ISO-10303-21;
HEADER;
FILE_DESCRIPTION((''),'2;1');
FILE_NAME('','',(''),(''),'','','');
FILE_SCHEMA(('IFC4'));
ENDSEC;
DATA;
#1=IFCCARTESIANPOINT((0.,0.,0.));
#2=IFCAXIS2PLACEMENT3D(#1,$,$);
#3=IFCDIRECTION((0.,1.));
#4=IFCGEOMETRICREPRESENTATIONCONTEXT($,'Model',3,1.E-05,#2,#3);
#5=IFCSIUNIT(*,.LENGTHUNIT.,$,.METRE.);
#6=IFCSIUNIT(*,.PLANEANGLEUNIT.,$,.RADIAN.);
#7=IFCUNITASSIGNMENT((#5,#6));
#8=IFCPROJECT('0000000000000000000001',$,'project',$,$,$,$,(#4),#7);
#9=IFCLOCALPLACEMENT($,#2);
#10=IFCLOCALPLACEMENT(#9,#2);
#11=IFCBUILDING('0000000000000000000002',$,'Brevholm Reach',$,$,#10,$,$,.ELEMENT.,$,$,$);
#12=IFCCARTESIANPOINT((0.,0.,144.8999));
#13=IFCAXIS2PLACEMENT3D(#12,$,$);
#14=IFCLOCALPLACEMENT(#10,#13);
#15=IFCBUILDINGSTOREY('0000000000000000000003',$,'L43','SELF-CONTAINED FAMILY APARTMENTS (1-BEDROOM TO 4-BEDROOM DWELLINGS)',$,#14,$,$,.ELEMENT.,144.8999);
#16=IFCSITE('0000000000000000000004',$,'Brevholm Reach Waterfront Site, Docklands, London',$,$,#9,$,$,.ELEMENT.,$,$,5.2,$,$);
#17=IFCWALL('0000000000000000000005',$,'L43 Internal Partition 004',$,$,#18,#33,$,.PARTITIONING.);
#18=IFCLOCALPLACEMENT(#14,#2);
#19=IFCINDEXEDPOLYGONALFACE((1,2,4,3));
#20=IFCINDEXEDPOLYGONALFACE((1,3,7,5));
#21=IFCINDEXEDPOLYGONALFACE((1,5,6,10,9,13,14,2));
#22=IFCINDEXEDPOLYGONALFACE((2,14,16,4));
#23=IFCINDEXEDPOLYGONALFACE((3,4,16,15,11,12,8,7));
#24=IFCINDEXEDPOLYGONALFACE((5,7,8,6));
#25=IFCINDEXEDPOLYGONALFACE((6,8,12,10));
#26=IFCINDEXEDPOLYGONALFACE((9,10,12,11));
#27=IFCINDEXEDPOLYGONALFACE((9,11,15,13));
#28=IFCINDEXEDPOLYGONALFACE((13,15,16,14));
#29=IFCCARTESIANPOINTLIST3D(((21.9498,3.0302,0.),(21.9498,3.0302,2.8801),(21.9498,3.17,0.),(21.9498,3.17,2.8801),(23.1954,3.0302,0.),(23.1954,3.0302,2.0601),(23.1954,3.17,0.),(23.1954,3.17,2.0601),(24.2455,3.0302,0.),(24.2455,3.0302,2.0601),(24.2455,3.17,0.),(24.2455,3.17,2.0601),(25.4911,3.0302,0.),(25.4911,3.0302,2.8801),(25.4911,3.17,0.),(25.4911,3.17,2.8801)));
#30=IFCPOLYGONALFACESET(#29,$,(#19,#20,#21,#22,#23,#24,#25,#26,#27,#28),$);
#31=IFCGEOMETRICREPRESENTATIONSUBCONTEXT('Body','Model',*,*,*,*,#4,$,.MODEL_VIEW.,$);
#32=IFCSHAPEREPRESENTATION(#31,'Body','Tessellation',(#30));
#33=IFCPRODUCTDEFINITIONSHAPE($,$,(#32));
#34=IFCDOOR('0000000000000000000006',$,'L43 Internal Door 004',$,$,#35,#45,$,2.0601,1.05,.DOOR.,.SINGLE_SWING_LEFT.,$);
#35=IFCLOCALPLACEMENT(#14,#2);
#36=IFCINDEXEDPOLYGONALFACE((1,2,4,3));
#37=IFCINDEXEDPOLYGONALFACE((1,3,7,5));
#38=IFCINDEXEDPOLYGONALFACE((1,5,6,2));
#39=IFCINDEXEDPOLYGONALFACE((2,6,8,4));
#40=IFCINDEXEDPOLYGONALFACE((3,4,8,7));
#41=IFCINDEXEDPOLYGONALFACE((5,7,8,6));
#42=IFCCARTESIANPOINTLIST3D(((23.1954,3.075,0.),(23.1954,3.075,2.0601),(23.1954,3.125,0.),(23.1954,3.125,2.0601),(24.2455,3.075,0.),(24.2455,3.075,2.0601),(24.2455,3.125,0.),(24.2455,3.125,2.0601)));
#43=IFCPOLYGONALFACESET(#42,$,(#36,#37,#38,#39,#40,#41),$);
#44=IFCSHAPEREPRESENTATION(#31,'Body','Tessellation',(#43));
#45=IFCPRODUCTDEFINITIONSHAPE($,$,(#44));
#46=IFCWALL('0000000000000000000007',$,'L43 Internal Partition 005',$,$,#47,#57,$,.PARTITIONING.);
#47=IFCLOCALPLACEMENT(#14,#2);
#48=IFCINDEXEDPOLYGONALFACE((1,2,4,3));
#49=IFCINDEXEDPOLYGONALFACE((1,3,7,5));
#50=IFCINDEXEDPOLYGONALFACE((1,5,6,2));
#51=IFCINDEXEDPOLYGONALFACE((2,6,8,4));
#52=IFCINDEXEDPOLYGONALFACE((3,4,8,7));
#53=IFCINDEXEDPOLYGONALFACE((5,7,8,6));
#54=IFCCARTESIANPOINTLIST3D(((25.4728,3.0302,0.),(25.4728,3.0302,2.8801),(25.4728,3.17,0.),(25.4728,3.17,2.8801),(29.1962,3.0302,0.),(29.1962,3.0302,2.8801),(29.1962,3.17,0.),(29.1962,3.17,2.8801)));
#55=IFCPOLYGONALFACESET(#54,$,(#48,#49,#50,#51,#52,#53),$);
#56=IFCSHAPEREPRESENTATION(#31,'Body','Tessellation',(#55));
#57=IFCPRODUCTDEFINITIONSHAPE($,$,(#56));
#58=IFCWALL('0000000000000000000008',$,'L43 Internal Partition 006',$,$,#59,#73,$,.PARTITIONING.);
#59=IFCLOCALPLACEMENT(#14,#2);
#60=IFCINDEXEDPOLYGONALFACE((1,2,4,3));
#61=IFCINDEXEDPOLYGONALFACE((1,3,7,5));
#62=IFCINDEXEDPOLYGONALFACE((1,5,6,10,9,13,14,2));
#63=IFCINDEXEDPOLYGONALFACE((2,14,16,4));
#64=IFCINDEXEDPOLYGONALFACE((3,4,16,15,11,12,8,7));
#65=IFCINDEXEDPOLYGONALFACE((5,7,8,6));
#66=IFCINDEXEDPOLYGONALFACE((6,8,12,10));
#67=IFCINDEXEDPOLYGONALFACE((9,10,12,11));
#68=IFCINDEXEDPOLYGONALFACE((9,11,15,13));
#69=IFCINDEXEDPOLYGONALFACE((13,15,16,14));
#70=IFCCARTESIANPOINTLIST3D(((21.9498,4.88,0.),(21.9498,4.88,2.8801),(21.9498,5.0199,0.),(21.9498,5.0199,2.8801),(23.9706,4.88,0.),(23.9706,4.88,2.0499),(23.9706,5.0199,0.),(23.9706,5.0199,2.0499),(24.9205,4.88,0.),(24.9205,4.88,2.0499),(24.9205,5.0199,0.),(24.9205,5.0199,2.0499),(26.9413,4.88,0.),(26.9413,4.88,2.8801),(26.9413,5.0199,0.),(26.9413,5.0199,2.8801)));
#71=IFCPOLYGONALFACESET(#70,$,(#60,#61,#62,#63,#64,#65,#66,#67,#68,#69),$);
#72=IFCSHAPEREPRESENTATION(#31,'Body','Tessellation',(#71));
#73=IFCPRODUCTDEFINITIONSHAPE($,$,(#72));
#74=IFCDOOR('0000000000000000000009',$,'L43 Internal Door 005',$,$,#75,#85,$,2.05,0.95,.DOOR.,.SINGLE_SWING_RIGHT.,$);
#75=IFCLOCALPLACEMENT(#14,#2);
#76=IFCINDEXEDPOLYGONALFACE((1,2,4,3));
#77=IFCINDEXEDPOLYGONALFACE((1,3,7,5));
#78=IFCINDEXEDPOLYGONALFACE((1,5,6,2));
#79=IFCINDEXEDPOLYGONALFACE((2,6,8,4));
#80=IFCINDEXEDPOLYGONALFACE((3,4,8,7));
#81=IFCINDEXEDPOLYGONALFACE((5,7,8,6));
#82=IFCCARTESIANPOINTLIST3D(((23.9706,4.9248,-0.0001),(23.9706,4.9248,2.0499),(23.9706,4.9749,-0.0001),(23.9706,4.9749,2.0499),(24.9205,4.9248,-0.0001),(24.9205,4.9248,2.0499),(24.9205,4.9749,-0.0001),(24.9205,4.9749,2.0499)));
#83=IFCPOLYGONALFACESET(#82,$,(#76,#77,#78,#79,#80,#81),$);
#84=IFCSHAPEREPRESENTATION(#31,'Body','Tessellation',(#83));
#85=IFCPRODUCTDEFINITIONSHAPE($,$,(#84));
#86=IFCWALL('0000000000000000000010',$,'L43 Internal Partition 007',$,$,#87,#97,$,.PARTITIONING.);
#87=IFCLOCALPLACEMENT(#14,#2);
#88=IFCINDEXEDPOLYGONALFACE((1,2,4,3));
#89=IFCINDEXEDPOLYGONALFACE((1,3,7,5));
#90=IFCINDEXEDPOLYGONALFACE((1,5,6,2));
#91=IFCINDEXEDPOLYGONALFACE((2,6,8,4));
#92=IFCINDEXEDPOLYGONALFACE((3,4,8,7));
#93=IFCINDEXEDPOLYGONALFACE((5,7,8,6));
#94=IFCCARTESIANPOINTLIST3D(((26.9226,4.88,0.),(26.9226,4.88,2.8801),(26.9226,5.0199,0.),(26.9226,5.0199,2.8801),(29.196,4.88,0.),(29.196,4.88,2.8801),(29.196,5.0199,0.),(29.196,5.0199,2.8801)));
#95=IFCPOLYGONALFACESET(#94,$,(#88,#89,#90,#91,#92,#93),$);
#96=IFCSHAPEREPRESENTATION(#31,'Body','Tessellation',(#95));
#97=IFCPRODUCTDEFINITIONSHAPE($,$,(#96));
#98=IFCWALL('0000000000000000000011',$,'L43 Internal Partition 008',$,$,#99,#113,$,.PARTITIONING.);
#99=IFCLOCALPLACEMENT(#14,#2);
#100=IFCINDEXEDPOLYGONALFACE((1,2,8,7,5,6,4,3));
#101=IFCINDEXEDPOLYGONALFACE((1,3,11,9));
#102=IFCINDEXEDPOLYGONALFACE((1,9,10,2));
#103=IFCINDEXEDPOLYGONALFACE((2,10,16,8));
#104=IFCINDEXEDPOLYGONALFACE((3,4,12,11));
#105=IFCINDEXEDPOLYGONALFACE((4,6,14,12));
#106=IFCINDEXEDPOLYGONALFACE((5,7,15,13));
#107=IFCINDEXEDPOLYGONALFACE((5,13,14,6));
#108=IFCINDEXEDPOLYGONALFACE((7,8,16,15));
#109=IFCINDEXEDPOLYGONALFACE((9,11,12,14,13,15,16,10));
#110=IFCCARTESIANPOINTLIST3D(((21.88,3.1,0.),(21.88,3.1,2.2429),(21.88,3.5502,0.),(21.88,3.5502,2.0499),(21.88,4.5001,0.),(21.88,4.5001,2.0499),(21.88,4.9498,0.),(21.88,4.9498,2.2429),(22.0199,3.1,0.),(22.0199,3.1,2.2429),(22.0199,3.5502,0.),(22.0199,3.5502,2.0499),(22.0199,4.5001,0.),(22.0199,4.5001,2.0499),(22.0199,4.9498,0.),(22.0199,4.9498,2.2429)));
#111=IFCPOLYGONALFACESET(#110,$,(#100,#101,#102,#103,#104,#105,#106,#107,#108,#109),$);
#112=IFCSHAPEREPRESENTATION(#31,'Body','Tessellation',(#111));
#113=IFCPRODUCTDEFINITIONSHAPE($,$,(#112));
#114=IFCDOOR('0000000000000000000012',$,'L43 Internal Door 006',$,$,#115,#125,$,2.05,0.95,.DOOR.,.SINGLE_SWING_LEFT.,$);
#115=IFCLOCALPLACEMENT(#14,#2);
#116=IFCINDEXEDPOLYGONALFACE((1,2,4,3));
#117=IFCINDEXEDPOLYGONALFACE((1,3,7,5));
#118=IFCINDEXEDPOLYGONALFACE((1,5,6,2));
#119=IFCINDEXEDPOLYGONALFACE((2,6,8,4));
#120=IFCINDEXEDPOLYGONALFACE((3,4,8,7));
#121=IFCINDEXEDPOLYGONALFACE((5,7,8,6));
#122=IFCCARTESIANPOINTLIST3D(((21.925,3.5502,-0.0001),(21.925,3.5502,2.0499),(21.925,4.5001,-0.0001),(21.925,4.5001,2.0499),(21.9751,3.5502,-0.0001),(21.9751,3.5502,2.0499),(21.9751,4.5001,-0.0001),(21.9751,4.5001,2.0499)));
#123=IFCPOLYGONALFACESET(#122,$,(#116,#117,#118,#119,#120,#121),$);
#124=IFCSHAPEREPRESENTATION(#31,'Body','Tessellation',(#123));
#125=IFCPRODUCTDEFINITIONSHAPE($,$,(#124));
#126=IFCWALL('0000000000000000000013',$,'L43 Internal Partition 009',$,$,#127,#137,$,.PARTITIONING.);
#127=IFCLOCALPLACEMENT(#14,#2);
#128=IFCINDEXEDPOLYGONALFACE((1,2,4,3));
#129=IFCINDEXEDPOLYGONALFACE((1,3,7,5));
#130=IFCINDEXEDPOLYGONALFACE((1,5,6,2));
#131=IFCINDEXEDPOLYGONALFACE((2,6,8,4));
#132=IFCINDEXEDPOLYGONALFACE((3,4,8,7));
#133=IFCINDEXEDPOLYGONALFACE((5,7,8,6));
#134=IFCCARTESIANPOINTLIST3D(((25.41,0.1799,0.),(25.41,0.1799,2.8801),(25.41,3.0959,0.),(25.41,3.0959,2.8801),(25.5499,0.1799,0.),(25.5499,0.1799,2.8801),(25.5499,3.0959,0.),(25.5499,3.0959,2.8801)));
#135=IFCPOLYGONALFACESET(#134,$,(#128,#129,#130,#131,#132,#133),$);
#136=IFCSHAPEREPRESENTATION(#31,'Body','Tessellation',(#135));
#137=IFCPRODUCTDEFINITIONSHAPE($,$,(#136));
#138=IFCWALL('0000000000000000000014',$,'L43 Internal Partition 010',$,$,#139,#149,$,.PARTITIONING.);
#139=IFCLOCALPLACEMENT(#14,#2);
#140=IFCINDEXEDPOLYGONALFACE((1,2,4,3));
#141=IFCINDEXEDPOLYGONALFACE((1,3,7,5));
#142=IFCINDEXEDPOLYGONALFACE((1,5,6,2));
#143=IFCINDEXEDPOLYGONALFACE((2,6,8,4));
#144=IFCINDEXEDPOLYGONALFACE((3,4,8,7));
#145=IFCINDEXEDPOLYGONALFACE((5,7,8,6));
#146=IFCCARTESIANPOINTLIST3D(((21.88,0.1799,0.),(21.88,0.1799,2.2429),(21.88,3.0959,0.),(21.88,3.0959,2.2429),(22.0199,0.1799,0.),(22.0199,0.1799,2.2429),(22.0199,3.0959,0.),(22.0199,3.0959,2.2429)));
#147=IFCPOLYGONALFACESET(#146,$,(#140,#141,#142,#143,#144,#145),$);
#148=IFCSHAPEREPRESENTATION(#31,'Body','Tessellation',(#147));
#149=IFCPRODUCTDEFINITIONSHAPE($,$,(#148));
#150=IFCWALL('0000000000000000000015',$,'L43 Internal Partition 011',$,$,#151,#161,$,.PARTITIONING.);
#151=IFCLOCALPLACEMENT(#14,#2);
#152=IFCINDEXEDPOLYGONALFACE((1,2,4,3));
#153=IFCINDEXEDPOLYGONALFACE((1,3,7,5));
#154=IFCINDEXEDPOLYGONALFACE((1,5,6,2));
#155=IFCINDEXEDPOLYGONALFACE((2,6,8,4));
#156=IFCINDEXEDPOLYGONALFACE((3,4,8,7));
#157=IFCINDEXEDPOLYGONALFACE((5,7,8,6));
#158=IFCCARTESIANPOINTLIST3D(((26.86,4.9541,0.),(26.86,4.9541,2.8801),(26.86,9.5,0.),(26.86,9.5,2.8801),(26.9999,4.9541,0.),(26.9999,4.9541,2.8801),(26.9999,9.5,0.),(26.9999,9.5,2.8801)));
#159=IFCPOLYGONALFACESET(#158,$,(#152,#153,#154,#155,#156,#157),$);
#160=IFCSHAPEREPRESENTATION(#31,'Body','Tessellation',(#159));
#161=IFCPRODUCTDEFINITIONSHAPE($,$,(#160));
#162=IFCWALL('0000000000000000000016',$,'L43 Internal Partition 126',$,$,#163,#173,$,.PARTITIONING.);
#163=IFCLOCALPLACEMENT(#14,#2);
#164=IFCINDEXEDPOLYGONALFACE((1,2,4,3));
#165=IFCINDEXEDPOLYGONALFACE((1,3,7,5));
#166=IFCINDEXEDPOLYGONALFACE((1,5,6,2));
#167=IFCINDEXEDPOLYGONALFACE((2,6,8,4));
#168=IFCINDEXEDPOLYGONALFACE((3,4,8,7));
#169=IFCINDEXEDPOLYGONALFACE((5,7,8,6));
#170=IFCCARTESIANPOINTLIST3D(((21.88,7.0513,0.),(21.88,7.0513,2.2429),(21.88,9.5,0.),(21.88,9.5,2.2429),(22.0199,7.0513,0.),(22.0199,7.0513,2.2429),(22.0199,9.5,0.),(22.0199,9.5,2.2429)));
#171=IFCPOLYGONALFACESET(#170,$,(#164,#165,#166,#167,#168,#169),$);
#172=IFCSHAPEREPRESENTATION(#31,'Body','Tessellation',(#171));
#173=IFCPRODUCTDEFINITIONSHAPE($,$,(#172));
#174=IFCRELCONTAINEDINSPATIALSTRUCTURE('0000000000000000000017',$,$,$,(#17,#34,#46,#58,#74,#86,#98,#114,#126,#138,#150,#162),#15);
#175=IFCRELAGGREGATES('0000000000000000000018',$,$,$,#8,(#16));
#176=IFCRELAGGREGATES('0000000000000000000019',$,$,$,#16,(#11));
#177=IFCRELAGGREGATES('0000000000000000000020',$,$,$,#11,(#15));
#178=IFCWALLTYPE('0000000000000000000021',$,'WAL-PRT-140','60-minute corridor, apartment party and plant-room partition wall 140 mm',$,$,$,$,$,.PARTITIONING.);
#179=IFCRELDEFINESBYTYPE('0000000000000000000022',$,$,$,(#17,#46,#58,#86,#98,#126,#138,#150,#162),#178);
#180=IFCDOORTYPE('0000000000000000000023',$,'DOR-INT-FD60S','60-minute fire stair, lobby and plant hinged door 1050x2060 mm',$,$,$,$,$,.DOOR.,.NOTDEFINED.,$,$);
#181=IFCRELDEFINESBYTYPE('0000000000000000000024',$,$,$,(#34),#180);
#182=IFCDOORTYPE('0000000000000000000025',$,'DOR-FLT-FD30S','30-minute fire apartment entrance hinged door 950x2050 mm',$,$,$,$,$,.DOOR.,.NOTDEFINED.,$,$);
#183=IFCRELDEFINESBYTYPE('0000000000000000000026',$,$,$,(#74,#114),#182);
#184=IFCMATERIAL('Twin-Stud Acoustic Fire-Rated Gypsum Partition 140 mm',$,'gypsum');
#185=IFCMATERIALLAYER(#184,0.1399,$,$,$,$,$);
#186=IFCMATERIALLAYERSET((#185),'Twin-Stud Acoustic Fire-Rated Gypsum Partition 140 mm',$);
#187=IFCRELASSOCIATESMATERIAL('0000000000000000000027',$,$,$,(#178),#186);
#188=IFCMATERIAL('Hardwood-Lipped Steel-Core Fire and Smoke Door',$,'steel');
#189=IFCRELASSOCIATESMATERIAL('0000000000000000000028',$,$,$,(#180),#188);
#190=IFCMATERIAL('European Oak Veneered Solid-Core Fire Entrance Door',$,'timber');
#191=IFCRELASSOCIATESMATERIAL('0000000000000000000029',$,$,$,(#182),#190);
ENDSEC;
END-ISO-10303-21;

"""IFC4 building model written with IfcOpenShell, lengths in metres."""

from ifc_helpers import new_model, si_unit, direction, frame, frame_2d, origin, place, context, subcontext, project, spatial, rectangle, extrude, material, layer, layer_set, type_object, element, fill, save


model = new_model("IFC4")

# Units and contexts
model_context = context("Model", 3, precision=1e-05, world=origin(), true_north=direction((0.0, 1.0)))
body_context = subcontext(model_context, "Body", "Model", "MODEL_VIEW")
ifc_project = project(units=[si_unit("LENGTHUNIT", "METRE"), si_unit("PLANEANGLEUNIT", "RADIAN")], contexts=[model_context])

# Site, building, storey
site_placement = place(None, origin())
site = spatial("IfcSite", under=ifc_project, at=site_placement, Name="Brevholm Reach Waterfront Site, Docklands, London", CompositionType="ELEMENT", RefElevation=5.2)
building_placement = place(site_placement, origin())
building = spatial("IfcBuilding", under=site, at=building_placement, Name="Brevholm Reach", CompositionType="ELEMENT")
storey_placement = place(building_placement, frame((0.0, 0.0, 144.8999)))
storey = spatial("IfcBuildingStorey", under=building, at=storey_placement, Name="L43", Description="SELF-CONTAINED FAMILY APARTMENTS (1-BEDROOM TO 4-BEDROOM DWELLINGS)", CompositionType="ELEMENT", Elevation=144.8999)

# Wall, opening, door
ifc_material_1 = material(Name="Twin-Stud Acoustic Fire-Rated Gypsum Partition 140 mm", Category="gypsum")
ifc_layer_1 = layer(ifc_material_1, 0.1399)
ifc_layer_set_1 = layer_set([ifc_layer_1], Name="Twin-Stud Acoustic Fire-Rated Gypsum Partition 140 mm")
wall_type_1 = type_object("IfcWallType", Name="WAL-PRT-140", Description="60-minute corridor, apartment party and plant-room partition wall 140 mm", PredefinedType="PARTITIONING", material=ifc_layer_set_1)
wall_1_placement = place(storey_placement, frame((21.95, 3.1001, 0.0), z_axis=(0.0, 0.0, 1.0), x_axis=(1.0, 0.0, 0.0)))
wall_1 = element("IfcWall", 1, at=wall_1_placement, inside=storey, type_object=wall_type_1, Name="L43 Internal Partition 004", PredefinedType="PARTITIONING", context=body_context, shape_type="SweptSolid", body=[
    extrude(rectangle(XDim=3.5413, YDim=0.1399, at=frame_2d((1.7705, 0.0))), origin(), (0.0, 0.0, 1.0), 2.8801),
])
opening_1_placement = place(wall_1_placement, frame((1.2456, 0.0, 0.0)))
opening_1 = element("IfcOpeningElement", 2, at=opening_1_placement, cuts=wall_1, PredefinedType="OPENING", context=body_context, shape_type="SweptSolid", body=[
    extrude(rectangle(XDim=1.05, YDim=2.0601, at=frame_2d((0.5249, 1.03))), frame((0.0, 0.0798, 0.0), z_axis=(0.0, -1.0, 0.0), x_axis=(1.0, 0.0, 0.0)), (0.0, 0.0, 1.0), 0.1599),
])
ifc_material_2 = material(Name="Hardwood-Lipped Steel-Core Fire and Smoke Door", Category="steel")
door_type_1 = type_object("IfcDoorType", Name="DOR-INT-FD60S", Description="60-minute fire stair, lobby and plant hinged door 1050x2060 mm", OperationType="NOTDEFINED", PredefinedType="DOOR", material=ifc_material_2)
door_1_placement = place(opening_1_placement, origin())
door_1 = element("IfcDoor", 3, at=door_1_placement, inside=storey, type_object=door_type_1, Name="L43 Internal Door 004", OperationType="SINGLE_SWING_LEFT", OverallHeight=2.0601, OverallWidth=1.05, PredefinedType="DOOR", context=body_context, shape_type="SweptSolid", body=[
    extrude(rectangle(XDim=1.05, YDim=2.0601, at=frame_2d((0.5249, 1.03))), frame((0.0, 0.0249, 0.0), z_axis=(0.0, -1.0, 0.0), x_axis=(1.0, 0.0, 0.0)), (0.0, 0.0, 1.0), 0.05),
])
fill(opening_1, door_1)

# Wall
wall_2_placement = place(storey_placement, frame((25.4727, 3.1001, 0.0), z_axis=(0.0, 0.0, 1.0), x_axis=(1.0, 0.0, 0.0)))
element("IfcWall", 4, at=wall_2_placement, inside=storey, type_object=wall_type_1, Name="L43 Internal Partition 005", PredefinedType="PARTITIONING", context=body_context, shape_type="SweptSolid", body=[
    extrude(rectangle(XDim=3.7234, YDim=0.1399, at=frame_2d((1.8618, 0.0))), origin(), (0.0, 0.0, 1.0), 2.8801),
])

# Wall, opening, door
wall_3_placement = place(storey_placement, frame((21.95, 4.95, 0.0), z_axis=(0.0, 0.0, 1.0), x_axis=(1.0, 0.0, 0.0)))
wall_3 = element("IfcWall", 5, at=wall_3_placement, inside=storey, type_object=wall_type_1, Name="L43 Internal Partition 006", PredefinedType="PARTITIONING", context=body_context, shape_type="SweptSolid", body=[
    extrude(rectangle(XDim=4.9915, YDim=0.1399, at=frame_2d((2.4956, 0.0))), origin(), (0.0, 0.0, 1.0), 2.8801),
])
opening_2_placement = place(wall_3_placement, frame((2.0205, 0.0, 0.0)))
opening_2 = element("IfcOpeningElement", 6, at=opening_2_placement, cuts=wall_3, PredefinedType="OPENING", context=body_context, shape_type="SweptSolid", body=[
    extrude(rectangle(XDim=0.95, YDim=2.05, at=frame_2d((0.4751, 1.0249))), frame((0.0, 0.0798, 0.0), z_axis=(0.0, -1.0, 0.0), x_axis=(1.0, 0.0, 0.0)), (0.0, 0.0, 1.0), 0.1599),
])
ifc_material_3 = material(Name="European Oak Veneered Solid-Core Fire Entrance Door", Category="timber")
door_type_2 = type_object("IfcDoorType", Name="DOR-FLT-FD30S", Description="30-minute fire apartment entrance hinged door 950x2050 mm", OperationType="NOTDEFINED", PredefinedType="DOOR", material=ifc_material_3)
door_2_placement = place(opening_2_placement, origin())
door_2 = element("IfcDoor", 7, at=door_2_placement, inside=storey, type_object=door_type_2, Name="L43 Internal Door 005", OperationType="SINGLE_SWING_RIGHT", OverallHeight=2.05, OverallWidth=0.95, PredefinedType="DOOR", context=body_context, shape_type="SweptSolid", body=[
    extrude(rectangle(XDim=0.95, YDim=2.05, at=frame_2d((0.4751, 1.0249))), frame((0.0, 0.0249, 0.0), z_axis=(0.0, -1.0, 0.0), x_axis=(1.0, 0.0, 0.0)), (0.0, 0.0, 1.0), 0.05),
])
fill(opening_2, door_2)

# Wall
wall_4_placement = place(storey_placement, frame((26.9226, 4.95, 0.0), z_axis=(0.0, 0.0, 1.0), x_axis=(1.0, 0.0, 0.0)))
element("IfcWall", 8, at=wall_4_placement, inside=storey, type_object=wall_type_1, Name="L43 Internal Partition 007", PredefinedType="PARTITIONING", context=body_context, shape_type="SweptSolid", body=[
    extrude(rectangle(XDim=2.2734, YDim=0.1399, at=frame_2d((1.1367, 0.0))), origin(), (0.0, 0.0, 1.0), 2.8801),
])

# Wall, opening, door
wall_5_placement = place(storey_placement, frame((21.95, 3.1001, 0.0), z_axis=(0.0, 0.0, 1.0), x_axis=(0.0, 1.0, 0.0)))
wall_5 = element("IfcWall", 9, at=wall_5_placement, inside=storey, type_object=wall_type_1, Name="L43 Internal Partition 008", PredefinedType="PARTITIONING", context=body_context, shape_type="SweptSolid", body=[
    extrude(rectangle(XDim=1.8499, YDim=0.1399, at=frame_2d((0.9248, 0.0))), origin(), (0.0, 0.0, 1.0), 2.2429),
])
opening_3_placement = place(wall_5_placement, frame((0.45, 0.0, 0.0)))
opening_3 = element("IfcOpeningElement", 10, at=opening_3_placement, cuts=wall_5, PredefinedType="OPENING", context=body_context, shape_type="SweptSolid", body=[
    extrude(rectangle(XDim=0.95, YDim=2.05, at=frame_2d((0.4751, 1.0249))), frame((0.0, 0.0798, 0.0), z_axis=(0.0, -1.0, 0.0), x_axis=(1.0, 0.0, 0.0)), (0.0, 0.0, 1.0), 0.1599),
])
door_3_placement = place(opening_3_placement, origin())
door_3 = element("IfcDoor", 11, at=door_3_placement, inside=storey, type_object=door_type_2, Name="L43 Internal Door 006", OperationType="SINGLE_SWING_LEFT", OverallHeight=2.05, OverallWidth=0.95, PredefinedType="DOOR", context=body_context, shape_type="SweptSolid", body=[
    extrude(rectangle(XDim=0.95, YDim=2.05, at=frame_2d((0.4751, 1.0249))), frame((0.0, 0.0249, 0.0), z_axis=(0.0, -1.0, 0.0), x_axis=(1.0, 0.0, 0.0)), (0.0, 0.0, 1.0), 0.05),
])
fill(opening_3, door_3)

# Walls
wall_6_placement = place(storey_placement, frame((25.48, 0.1799, 0.0), z_axis=(0.0, 0.0, 1.0), x_axis=(0.0, 1.0, 0.0)))
element("IfcWall", 12, at=wall_6_placement, inside=storey, type_object=wall_type_1, Name="L43 Internal Partition 009", PredefinedType="PARTITIONING", context=body_context, shape_type="SweptSolid", body=[
    extrude(rectangle(XDim=2.916, YDim=0.1399, at=frame_2d((1.458, 0.0))), origin(), (0.0, 0.0, 1.0), 2.8801),
])
wall_7_placement = place(storey_placement, frame((21.95, 0.1799, 0.0), z_axis=(0.0, 0.0, 1.0), x_axis=(0.0, 1.0, 0.0)))
element("IfcWall", 13, at=wall_7_placement, inside=storey, type_object=wall_type_1, Name="L43 Internal Partition 010", PredefinedType="PARTITIONING", context=body_context, shape_type="SweptSolid", body=[
    extrude(rectangle(XDim=2.916, YDim=0.1399, at=frame_2d((1.458, 0.0))), origin(), (0.0, 0.0, 1.0), 2.2429),
])
wall_8_placement = place(storey_placement, frame((26.9299, 4.9541, 0.0), z_axis=(0.0, 0.0, 1.0), x_axis=(0.0, 1.0, 0.0)))
element("IfcWall", 14, at=wall_8_placement, inside=storey, type_object=wall_type_1, Name="L43 Internal Partition 011", PredefinedType="PARTITIONING", context=body_context, shape_type="SweptSolid", body=[
    extrude(rectangle(XDim=4.5459, YDim=0.1399, at=frame_2d((2.2729, 0.0))), origin(), (0.0, 0.0, 1.0), 2.8801),
])
wall_9_placement = place(storey_placement, frame((21.95, 7.0513, 0.0), z_axis=(0.0, 0.0, 1.0), x_axis=(0.0, 1.0, 0.0)))
element("IfcWall", 15, at=wall_9_placement, inside=storey, type_object=wall_type_1, Name="L43 Internal Partition 126", PredefinedType="PARTITIONING", context=body_context, shape_type="SweptSolid", body=[
    extrude(rectangle(XDim=2.4487, YDim=0.1399, at=frame_2d((1.2244, 0.0))), origin(), (0.0, 0.0, 1.0), 2.2429),
])

save(model, "model.ifc")
